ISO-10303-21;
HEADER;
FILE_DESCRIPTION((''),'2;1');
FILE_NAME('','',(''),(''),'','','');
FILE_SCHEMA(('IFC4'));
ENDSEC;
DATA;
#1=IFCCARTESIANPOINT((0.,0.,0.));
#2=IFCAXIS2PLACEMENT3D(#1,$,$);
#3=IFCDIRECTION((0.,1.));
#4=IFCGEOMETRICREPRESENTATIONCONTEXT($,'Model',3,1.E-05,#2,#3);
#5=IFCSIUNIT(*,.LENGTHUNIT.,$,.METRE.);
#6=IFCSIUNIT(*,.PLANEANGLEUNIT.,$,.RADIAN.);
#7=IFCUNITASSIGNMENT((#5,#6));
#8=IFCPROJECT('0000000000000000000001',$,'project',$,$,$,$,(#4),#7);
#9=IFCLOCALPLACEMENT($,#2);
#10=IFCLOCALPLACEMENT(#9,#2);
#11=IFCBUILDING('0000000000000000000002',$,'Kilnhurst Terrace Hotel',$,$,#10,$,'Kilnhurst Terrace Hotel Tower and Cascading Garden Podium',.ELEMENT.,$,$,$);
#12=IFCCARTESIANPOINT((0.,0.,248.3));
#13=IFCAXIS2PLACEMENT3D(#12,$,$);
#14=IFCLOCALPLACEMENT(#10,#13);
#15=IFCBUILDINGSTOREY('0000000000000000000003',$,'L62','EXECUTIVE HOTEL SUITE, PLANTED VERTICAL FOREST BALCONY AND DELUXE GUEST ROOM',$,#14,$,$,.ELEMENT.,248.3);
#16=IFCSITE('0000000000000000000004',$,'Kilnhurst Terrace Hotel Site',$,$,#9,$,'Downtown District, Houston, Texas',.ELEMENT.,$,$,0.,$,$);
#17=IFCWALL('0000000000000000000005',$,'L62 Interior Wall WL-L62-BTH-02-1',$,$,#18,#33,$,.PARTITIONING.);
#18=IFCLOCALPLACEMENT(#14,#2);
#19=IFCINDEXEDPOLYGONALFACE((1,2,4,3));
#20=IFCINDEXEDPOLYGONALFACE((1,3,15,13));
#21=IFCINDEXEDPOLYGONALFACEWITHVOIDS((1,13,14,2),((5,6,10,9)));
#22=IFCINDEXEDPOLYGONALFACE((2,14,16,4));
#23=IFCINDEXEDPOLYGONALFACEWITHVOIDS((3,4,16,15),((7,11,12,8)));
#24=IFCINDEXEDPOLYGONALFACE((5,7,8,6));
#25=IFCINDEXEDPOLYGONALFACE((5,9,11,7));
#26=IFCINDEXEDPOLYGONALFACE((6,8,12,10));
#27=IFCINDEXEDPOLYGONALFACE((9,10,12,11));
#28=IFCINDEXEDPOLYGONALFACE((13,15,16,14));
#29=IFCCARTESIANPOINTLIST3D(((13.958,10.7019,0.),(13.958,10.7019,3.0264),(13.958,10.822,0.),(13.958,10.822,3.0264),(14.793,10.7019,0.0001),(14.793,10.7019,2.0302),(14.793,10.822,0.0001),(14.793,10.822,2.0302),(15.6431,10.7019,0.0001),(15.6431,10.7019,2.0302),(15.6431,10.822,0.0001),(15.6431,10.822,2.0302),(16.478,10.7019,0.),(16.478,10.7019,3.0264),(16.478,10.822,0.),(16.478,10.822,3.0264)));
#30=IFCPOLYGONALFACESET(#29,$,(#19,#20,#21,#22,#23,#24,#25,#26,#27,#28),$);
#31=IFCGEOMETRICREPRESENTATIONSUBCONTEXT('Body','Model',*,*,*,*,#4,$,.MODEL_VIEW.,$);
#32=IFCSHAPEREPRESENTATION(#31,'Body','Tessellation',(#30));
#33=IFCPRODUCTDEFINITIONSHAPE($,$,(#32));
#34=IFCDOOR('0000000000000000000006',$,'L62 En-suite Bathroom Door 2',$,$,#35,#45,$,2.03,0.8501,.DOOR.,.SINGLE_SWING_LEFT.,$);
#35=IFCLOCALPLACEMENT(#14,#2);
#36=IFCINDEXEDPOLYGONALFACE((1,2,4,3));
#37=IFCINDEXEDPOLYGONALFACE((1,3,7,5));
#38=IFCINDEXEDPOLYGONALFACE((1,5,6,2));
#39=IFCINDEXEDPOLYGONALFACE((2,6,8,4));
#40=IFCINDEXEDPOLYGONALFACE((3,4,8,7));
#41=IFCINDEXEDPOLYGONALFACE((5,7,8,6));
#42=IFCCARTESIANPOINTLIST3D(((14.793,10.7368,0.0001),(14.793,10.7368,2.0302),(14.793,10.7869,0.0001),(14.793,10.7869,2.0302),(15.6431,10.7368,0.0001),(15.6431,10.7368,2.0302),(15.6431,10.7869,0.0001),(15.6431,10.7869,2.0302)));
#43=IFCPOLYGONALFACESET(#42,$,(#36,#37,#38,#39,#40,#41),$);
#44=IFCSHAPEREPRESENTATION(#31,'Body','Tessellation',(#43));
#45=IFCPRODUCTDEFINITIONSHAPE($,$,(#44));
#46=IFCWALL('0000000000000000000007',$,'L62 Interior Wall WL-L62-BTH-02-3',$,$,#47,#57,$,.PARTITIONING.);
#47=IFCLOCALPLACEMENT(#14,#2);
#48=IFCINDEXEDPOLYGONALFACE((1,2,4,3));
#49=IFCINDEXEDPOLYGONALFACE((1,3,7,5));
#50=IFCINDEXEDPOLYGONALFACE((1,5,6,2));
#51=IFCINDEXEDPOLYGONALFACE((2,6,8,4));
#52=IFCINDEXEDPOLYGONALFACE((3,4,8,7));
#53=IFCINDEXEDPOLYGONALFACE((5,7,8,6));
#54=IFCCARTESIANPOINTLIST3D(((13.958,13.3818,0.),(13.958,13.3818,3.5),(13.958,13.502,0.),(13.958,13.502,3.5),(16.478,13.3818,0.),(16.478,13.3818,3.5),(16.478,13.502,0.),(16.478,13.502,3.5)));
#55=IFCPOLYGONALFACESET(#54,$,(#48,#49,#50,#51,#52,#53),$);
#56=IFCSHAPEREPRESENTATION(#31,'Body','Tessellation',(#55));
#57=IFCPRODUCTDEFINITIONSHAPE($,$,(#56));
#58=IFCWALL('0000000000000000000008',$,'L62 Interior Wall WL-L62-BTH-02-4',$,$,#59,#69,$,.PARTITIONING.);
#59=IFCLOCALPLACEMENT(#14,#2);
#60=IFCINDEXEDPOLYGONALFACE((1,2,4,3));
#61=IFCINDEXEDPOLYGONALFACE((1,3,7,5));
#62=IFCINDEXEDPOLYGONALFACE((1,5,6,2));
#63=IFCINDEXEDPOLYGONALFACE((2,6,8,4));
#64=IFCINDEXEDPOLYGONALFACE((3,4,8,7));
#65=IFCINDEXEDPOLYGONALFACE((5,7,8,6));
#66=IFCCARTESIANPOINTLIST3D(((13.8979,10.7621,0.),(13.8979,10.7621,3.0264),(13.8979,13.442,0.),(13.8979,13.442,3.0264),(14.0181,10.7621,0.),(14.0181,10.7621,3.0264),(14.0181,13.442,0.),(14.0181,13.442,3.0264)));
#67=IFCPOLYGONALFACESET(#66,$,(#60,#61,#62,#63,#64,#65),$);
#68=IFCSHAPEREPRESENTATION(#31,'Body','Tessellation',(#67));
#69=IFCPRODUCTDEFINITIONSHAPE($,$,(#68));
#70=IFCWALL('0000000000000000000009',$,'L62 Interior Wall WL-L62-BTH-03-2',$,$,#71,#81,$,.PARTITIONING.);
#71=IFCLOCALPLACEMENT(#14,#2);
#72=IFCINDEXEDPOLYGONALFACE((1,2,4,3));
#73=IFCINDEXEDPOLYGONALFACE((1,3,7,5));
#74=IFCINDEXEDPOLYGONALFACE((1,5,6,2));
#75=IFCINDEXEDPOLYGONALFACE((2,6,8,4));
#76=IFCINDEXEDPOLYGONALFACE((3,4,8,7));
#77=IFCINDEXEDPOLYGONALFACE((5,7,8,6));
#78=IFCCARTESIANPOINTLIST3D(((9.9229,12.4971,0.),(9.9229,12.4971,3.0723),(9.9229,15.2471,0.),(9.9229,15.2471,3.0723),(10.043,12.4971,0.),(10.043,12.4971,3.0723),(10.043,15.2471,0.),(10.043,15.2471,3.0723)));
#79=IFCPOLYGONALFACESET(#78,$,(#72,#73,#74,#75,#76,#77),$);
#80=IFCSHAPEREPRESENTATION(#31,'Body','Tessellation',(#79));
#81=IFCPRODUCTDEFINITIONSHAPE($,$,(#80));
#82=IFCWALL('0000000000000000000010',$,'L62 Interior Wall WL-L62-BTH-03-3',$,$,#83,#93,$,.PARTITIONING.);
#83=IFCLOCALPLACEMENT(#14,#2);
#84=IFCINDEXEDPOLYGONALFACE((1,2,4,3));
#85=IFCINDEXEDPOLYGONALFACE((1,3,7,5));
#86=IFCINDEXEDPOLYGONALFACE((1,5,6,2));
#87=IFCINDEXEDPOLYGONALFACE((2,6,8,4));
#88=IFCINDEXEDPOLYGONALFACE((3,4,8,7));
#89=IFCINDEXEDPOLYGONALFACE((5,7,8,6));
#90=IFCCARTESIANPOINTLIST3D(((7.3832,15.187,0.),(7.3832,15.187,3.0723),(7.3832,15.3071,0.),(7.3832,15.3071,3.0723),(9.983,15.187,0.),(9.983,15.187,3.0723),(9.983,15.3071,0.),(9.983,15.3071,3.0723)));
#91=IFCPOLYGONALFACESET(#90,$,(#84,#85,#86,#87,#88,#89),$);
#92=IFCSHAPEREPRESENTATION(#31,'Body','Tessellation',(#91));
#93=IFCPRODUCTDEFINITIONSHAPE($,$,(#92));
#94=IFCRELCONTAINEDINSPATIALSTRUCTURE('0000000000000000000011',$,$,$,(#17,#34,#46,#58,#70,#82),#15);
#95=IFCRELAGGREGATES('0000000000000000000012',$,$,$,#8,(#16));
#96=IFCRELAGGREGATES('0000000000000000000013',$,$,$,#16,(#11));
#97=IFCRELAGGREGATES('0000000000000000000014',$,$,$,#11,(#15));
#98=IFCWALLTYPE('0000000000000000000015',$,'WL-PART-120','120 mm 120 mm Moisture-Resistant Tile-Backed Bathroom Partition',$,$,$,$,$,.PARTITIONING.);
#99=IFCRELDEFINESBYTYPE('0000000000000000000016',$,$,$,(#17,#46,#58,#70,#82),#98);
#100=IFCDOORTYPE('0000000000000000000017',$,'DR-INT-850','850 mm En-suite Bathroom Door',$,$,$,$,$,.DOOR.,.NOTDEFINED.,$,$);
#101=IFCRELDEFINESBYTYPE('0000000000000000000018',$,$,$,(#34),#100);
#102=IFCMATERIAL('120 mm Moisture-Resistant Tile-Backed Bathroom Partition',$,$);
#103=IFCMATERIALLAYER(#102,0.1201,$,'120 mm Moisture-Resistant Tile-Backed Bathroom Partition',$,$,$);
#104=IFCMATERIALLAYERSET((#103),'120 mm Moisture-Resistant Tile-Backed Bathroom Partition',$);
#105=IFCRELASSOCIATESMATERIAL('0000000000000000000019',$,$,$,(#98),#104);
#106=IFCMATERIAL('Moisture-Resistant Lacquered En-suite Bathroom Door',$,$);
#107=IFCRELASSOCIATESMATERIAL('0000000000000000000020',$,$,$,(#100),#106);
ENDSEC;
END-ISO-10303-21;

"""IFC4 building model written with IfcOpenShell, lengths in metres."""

from ifc_helpers import new_model, si_unit, direction, frame, frame_2d, origin, place, context, subcontext, project, spatial, rectangle, extrude, material, layer, layer_set, type_object, element, fill, save


model = new_model("IFC4")

# Units and contexts
model_context = context("Model", 3, precision=1e-05, world=origin(), true_north=direction((0.0, 1.0)))
body_context = subcontext(model_context, "Body", "Model", "MODEL_VIEW")
ifc_project = project(units=[si_unit("LENGTHUNIT", "METRE"), si_unit("PLANEANGLEUNIT", "RADIAN")], contexts=[model_context])

# Site, building, storey
site_placement = place(None, origin())
site = spatial("IfcSite", under=ifc_project, at=site_placement, Name="Kilnhurst Terrace Hotel Site", LongName="Downtown District, Houston, Texas", CompositionType="ELEMENT", RefElevation=0.0)
building_placement = place(site_placement, origin())
building = spatial("IfcBuilding", under=site, at=building_placement, Name="Kilnhurst Terrace Hotel", LongName="Kilnhurst Terrace Hotel Tower and Cascading Garden Podium", CompositionType="ELEMENT")
storey_placement = place(building_placement, frame((0.0, 0.0, 248.3)))
storey = spatial("IfcBuildingStorey", under=building, at=storey_placement, Name="L62", Description="EXECUTIVE HOTEL SUITE, PLANTED VERTICAL FOREST BALCONY AND DELUXE GUEST ROOM", CompositionType="ELEMENT", Elevation=248.3)

# Wall, opening, door
ifc_material_1 = material(Name="120 mm Moisture-Resistant Tile-Backed Bathroom Partition")
ifc_layer_1 = layer(ifc_material_1, 0.1201, Name="120 mm Moisture-Resistant Tile-Backed Bathroom Partition")
ifc_layer_set_1 = layer_set([ifc_layer_1], Name="120 mm Moisture-Resistant Tile-Backed Bathroom Partition")
wall_type_1 = type_object("IfcWallType", Name="WL-PART-120", Description="120 mm 120 mm Moisture-Resistant Tile-Backed Bathroom Partition", PredefinedType="PARTITIONING", material=ifc_layer_set_1)
wall_1_placement = place(storey_placement, frame((13.958, 10.762, 0.0), z_axis=(0.0, 0.0, 1.0), x_axis=(1.0, 0.0, 0.0)))
wall_1 = element("IfcWall", 1, at=wall_1_placement, inside=storey, type_object=wall_type_1, Name="L62 Interior Wall WL-L62-BTH-02-1", PredefinedType="PARTITIONING", context=body_context, shape_type="SweptSolid", body=[
    extrude(rectangle(XDim=2.52, YDim=0.1201, at=frame_2d((1.26, 0.0))), origin(), (0.0, 0.0, 1.0), 3.0264),
])
opening_1_placement = place(wall_1_placement, frame((0.835, 0.0, 0.0)))
opening_1 = element("IfcOpeningElement", 2, at=opening_1_placement, cuts=wall_1, PredefinedType="OPENING", context=body_context, shape_type="SweptSolid", body=[
    extrude(rectangle(XDim=0.8501, YDim=2.03, at=frame_2d((0.425, 1.0151))), frame((0.0, 0.0701, 0.0), z_axis=(0.0, -1.0, 0.0), x_axis=(1.0, 0.0, 0.0)), (0.0, 0.0, 1.0), 0.1401),
])
ifc_material_2 = material(Name="Moisture-Resistant Lacquered En-suite Bathroom Door")
door_type_1 = type_object("IfcDoorType", Name="DR-INT-850", Description="850 mm En-suite Bathroom Door", OperationType="NOTDEFINED", PredefinedType="DOOR", material=ifc_material_2)
door_1_placement = place(opening_1_placement, origin())
door_1 = element("IfcDoor", 3, at=door_1_placement, inside=storey, type_object=door_type_1, Name="L62 En-suite Bathroom Door 2", OperationType="SINGLE_SWING_LEFT", OverallHeight=2.03, OverallWidth=0.8501, PredefinedType="DOOR", context=body_context, shape_type="SweptSolid", body=[
    extrude(rectangle(XDim=0.8501, YDim=2.03, at=frame_2d((0.425, 1.0151))), frame((0.0, 0.0249, 0.0), z_axis=(0.0, -1.0, 0.0), x_axis=(1.0, 0.0, 0.0)), (0.0, 0.0, 1.0), 0.05),
])
fill(opening_1, door_1)

# Walls
wall_2_placement = place(storey_placement, frame((16.478, 13.4419, 0.0), z_axis=(0.0, 0.0, 1.0), x_axis=(-1.0, 0.0, 0.0)))
element("IfcWall", 4, at=wall_2_placement, inside=storey, type_object=wall_type_1, Name="L62 Interior Wall WL-L62-BTH-02-3", PredefinedType="PARTITIONING", context=body_context, shape_type="SweptSolid", body=[
    extrude(rectangle(XDim=2.52, YDim=0.1201, at=frame_2d((1.26, 0.0))), origin(), (0.0, 0.0, 1.0), 3.5),
])
wall_3_placement = place(storey_placement, frame((13.958, 13.4419, 0.0), z_axis=(0.0, 0.0, 1.0), x_axis=(0.0, -1.0, 0.0)))
element("IfcWall", 5, at=wall_3_placement, inside=storey, type_object=wall_type_1, Name="L62 Interior Wall WL-L62-BTH-02-4", PredefinedType="PARTITIONING", context=body_context, shape_type="SweptSolid", body=[
    extrude(rectangle(XDim=2.6799, YDim=0.1201, at=frame_2d((1.3398, 0.0))), origin(), (0.0, 0.0, 1.0), 3.0264),
])
wall_4_placement = place(storey_placement, frame((9.9829, 12.4971, 0.0), z_axis=(0.0, 0.0, 1.0), x_axis=(0.0, 1.0, 0.0)))
element("IfcWall", 6, at=wall_4_placement, inside=storey, type_object=wall_type_1, Name="L62 Interior Wall WL-L62-BTH-03-2", PredefinedType="PARTITIONING", context=body_context, shape_type="SweptSolid", body=[
    extrude(rectangle(XDim=2.75, YDim=0.1201, at=frame_2d((1.375, 0.0))), origin(), (0.0, 0.0, 1.0), 3.0723),
])
wall_5_placement = place(storey_placement, frame((9.9829, 15.2471, 0.0), z_axis=(0.0, 0.0, 1.0), x_axis=(-1.0, 0.0, 0.0)))
element("IfcWall", 7, at=wall_5_placement, inside=storey, type_object=wall_type_1, Name="L62 Interior Wall WL-L62-BTH-03-3", PredefinedType="PARTITIONING", context=body_context, shape_type="SweptSolid", body=[
    extrude(rectangle(XDim=2.5999, YDim=0.1201, at=frame_2d((1.2998, 0.0))), origin(), (0.0, 0.0, 1.0), 3.0723),
])

save(model, "model.ifc")
